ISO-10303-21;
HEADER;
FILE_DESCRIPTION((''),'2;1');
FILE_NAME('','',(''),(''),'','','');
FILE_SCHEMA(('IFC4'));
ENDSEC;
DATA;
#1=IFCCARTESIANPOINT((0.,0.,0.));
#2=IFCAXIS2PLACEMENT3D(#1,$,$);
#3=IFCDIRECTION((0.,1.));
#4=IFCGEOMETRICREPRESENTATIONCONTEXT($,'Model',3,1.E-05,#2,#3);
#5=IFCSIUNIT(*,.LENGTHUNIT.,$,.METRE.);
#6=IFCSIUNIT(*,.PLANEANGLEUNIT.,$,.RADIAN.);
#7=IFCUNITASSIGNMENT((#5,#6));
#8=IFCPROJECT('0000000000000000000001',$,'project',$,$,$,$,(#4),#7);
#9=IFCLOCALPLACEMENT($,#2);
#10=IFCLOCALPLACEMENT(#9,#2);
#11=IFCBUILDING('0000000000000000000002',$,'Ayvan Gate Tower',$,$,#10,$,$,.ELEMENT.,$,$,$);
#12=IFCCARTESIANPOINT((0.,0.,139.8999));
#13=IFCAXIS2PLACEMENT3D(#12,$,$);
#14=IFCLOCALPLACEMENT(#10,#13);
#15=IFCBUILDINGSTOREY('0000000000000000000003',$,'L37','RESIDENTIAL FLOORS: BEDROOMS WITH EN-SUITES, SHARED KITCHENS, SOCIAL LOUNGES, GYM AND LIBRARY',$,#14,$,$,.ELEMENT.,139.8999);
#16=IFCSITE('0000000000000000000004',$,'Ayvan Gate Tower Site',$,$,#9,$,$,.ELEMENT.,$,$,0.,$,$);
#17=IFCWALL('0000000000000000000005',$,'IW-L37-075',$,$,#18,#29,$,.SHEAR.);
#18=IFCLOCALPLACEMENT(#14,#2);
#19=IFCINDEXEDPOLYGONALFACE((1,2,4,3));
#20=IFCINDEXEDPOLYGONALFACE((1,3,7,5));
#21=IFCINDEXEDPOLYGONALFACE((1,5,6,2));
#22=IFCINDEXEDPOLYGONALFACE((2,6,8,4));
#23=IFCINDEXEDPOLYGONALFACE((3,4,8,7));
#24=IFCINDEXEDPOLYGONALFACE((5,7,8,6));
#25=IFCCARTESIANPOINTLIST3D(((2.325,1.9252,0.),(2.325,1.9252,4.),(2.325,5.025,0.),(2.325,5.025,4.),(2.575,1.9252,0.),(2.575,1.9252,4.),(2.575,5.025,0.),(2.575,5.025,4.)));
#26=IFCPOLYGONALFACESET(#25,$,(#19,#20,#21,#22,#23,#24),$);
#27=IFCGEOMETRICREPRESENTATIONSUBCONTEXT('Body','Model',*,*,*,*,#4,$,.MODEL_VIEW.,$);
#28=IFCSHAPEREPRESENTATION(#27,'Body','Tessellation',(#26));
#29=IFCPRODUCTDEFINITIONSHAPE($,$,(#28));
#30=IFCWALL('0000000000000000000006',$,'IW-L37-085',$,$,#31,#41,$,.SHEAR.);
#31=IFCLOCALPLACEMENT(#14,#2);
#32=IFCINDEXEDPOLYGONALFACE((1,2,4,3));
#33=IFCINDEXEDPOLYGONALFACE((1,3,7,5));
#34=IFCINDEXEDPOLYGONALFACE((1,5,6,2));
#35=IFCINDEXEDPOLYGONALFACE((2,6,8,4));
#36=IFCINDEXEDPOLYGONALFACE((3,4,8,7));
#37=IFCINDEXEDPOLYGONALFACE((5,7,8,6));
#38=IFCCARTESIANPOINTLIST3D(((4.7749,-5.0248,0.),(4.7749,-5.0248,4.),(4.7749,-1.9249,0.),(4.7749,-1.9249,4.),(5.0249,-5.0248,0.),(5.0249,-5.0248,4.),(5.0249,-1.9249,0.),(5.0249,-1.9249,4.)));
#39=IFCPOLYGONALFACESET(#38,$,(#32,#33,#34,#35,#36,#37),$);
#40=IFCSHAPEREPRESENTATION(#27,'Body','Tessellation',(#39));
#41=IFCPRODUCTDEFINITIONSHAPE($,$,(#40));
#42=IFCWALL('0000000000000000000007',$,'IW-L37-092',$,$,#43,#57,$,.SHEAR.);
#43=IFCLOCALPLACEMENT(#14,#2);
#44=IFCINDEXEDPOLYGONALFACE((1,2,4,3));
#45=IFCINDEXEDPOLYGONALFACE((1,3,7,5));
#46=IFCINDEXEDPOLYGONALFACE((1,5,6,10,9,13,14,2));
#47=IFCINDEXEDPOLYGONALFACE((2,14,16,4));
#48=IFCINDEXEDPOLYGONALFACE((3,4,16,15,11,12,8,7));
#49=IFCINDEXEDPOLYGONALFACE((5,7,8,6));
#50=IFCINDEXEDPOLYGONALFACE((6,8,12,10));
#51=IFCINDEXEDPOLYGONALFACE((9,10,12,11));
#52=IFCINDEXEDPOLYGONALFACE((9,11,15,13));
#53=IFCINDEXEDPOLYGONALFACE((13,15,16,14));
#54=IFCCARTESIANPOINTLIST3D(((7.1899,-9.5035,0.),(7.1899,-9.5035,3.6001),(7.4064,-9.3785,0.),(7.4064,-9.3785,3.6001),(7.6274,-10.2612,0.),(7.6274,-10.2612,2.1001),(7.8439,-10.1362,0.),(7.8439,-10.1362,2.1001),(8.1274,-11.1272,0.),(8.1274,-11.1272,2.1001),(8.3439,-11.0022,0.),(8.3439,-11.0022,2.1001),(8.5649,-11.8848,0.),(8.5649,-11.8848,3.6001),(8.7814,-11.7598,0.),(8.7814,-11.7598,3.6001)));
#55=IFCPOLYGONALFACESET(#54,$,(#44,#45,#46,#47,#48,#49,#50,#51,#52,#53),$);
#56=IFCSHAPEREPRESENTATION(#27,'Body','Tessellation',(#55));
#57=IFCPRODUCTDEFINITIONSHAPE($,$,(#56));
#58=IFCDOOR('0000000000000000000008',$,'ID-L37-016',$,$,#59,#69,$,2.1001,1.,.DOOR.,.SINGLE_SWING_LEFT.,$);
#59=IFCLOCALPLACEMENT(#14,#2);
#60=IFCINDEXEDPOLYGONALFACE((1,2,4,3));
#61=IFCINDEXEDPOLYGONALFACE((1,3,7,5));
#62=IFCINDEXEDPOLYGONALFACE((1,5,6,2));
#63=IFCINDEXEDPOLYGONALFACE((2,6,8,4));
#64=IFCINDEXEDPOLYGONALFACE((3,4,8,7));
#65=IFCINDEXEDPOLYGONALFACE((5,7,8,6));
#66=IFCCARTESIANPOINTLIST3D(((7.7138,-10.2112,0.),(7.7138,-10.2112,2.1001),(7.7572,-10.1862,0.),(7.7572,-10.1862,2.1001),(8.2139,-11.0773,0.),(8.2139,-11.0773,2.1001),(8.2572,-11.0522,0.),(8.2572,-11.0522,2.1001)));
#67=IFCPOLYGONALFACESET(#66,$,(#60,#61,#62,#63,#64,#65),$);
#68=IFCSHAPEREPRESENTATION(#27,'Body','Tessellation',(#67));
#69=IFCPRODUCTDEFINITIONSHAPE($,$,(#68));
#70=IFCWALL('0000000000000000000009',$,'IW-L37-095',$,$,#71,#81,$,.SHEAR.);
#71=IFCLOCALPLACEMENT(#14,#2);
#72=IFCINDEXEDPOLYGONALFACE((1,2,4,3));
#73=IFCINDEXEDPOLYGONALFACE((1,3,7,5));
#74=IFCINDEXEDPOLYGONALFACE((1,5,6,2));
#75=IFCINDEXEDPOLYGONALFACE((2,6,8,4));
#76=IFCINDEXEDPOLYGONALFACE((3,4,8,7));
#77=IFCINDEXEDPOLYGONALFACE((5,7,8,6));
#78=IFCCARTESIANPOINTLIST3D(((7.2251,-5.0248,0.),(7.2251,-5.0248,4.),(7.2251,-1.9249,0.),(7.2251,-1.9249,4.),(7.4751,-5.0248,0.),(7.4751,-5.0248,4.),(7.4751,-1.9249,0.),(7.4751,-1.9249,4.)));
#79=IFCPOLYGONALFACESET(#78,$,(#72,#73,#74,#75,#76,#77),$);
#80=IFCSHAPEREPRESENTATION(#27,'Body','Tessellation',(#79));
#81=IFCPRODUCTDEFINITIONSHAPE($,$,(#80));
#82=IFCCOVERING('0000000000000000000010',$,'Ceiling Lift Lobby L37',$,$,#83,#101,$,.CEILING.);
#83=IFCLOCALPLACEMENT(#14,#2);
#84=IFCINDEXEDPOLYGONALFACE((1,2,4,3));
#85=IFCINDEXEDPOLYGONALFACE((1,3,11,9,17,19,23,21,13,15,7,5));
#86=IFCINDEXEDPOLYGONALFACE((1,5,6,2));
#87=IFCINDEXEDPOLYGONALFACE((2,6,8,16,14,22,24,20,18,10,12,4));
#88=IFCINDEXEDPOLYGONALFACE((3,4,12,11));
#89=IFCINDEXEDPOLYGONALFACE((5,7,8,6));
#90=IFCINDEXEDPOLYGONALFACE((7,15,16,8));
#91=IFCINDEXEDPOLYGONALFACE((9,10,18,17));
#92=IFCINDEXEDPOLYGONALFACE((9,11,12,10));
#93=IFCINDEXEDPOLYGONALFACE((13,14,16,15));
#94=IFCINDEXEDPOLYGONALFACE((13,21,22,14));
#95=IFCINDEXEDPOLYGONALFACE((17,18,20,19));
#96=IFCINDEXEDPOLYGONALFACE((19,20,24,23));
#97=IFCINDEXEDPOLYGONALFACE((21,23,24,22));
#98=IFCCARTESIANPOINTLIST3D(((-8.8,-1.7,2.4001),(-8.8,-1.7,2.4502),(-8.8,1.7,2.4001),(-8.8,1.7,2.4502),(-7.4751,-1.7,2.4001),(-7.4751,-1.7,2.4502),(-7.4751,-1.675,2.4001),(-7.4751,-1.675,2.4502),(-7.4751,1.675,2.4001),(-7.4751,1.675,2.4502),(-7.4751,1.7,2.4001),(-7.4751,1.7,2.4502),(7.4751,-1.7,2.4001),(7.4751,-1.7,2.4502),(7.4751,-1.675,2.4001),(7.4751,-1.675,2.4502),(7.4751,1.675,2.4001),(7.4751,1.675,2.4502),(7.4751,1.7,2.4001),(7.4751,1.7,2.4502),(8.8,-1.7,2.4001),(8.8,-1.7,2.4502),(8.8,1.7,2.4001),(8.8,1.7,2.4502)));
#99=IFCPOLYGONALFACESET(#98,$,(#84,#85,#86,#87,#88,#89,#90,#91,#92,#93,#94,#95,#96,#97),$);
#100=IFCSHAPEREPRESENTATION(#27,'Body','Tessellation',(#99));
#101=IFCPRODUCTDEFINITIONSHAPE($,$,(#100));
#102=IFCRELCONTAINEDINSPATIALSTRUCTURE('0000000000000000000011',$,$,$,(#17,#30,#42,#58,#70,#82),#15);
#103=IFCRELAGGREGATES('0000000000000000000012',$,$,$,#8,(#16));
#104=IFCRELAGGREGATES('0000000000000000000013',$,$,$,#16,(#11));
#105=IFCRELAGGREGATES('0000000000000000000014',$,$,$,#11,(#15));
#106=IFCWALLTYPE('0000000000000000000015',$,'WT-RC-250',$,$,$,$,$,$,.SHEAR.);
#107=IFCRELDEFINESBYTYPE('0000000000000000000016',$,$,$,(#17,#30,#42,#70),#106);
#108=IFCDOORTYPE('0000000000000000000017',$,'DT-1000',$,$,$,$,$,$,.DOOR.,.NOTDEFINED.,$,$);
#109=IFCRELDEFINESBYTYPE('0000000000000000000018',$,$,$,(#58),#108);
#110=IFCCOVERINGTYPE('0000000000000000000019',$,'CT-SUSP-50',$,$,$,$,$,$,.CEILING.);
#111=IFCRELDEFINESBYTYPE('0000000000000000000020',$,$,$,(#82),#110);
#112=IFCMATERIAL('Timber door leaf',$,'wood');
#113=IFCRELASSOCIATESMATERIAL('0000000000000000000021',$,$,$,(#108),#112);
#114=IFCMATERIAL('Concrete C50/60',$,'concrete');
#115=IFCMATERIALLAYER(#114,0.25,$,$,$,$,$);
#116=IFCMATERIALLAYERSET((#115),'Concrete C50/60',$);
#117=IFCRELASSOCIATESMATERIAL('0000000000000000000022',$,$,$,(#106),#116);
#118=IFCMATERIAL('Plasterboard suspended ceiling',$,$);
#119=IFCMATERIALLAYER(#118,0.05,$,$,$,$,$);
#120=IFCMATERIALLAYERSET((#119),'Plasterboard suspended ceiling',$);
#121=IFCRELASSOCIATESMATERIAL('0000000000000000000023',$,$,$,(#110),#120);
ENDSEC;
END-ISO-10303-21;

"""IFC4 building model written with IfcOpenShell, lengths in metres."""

from ifc_helpers import new_model, si_unit, direction, frame, frame_2d, origin, place, context, subcontext, project, spatial, polyline, rectangle, outline, extrude, material, layer, layer_set, type_object, element, fill, save


model = new_model("IFC4")

# Units and contexts
model_context = context("Model", 3, precision=1e-05, world=origin(), true_north=direction((0.0, 1.0)))
body_context = subcontext(model_context, "Body", "Model", "MODEL_VIEW")
ifc_project = project(units=[si_unit("LENGTHUNIT", "METRE"), si_unit("PLANEANGLEUNIT", "RADIAN")], contexts=[model_context])

# Site, building, storey
site_placement = place(None, origin())
site = spatial("IfcSite", under=ifc_project, at=site_placement, Name="Ayvan Gate Tower Site", CompositionType="ELEMENT", RefElevation=0.0)
building_placement = place(site_placement, origin())
building = spatial("IfcBuilding", under=site, at=building_placement, Name="Ayvan Gate Tower", CompositionType="ELEMENT")
storey_placement = place(building_placement, frame((0.0, 0.0, 139.8999)))
storey = spatial("IfcBuildingStorey", under=building, at=storey_placement, Name="L37", Description="RESIDENTIAL FLOORS: BEDROOMS WITH EN-SUITES, SHARED KITCHENS, SOCIAL LOUNGES, GYM AND LIBRARY", CompositionType="ELEMENT", Elevation=139.8999)

# Shared definitions
ifc_material_1 = material(Name="Timber door leaf", Category="wood")

# Shared definitions
door_type_1 = type_object("IfcDoorType", Name="DT-1000", OperationType="NOTDEFINED", PredefinedType="DOOR", material=ifc_material_1)

# Walls
ifc_material_2 = material(Name="Concrete C50/60", Category="concrete")
ifc_layer_1 = layer(ifc_material_2, 0.25)
ifc_layer_set_1 = layer_set([ifc_layer_1], Name="Concrete C50/60")
wall_type_1 = type_object("IfcWallType", Name="WT-RC-250", PredefinedType="SHEAR", material=ifc_layer_set_1)
for number, where, z_axis, x_axis, name in (
    (1, (2.45, 5.0249, 0.0), (0.0, 0.0, 1.0), (0.0, -1.0, 0.0), "IW-L37-075"),
    (2, (4.8999, -1.925, 0.0), (0.0, 0.0, 1.0), (0.0, -1.0, 0.0), "IW-L37-085"),
):
    element("IfcWall", number, at=place(storey_placement, frame(where, z_axis=z_axis, x_axis=x_axis)), inside=storey, type_object=wall_type_1, Name=name, PredefinedType="SHEAR", context=body_context, shape_type="SweptSolid", body=[
        extrude(rectangle(XDim=3.0999, YDim=0.25, at=frame_2d((1.5498, 0.0))), origin(), (0.0, 0.0, 1.0), 4.0),
    ])

# Wall, opening, door
wall_1_placement = place(storey_placement, frame((7.2981, -9.4409, 0.0), z_axis=(0.0, 0.0, 1.0), x_axis=(0.500035, -0.866005, 0.0)))
wall_1 = element("IfcWall", 3, at=wall_1_placement, inside=storey, type_object=wall_type_1, Name="IW-L37-092", PredefinedType="SHEAR", context=body_context, shape_type="SweptSolid", body=[
    extrude(rectangle(XDim=2.7498, YDim=0.25, at=frame_2d((1.375, 0.0))), origin(), (0.0, 0.0, 1.0), 3.6001),
])
opening_1_placement = place(wall_1_placement, frame((0.875, 0.0, 0.0)))
opening_1 = element("IfcOpeningElement", 4, at=opening_1_placement, cuts=wall_1, PredefinedType="OPENING", context=body_context, shape_type="SweptSolid", body=[
    extrude(rectangle(XDim=1.0, YDim=2.1001, at=frame_2d((0.5, 1.05))), frame((0.0, 0.135, 0.0), z_axis=(0.0, -1.0, 0.0), x_axis=(1.0, 0.0, 0.0)), (0.0, 0.0, 1.0), 0.27),
])
door_1_placement = place(opening_1_placement, origin())
door_1 = element("IfcDoor", 5, at=door_1_placement, inside=storey, type_object=door_type_1, Name="ID-L37-016", OperationType="SINGLE_SWING_LEFT", OverallHeight=2.1001, OverallWidth=1.0, PredefinedType="DOOR", context=body_context, shape_type="SweptSolid", body=[
    extrude(rectangle(XDim=1.0, YDim=2.1001, at=frame_2d((0.5, 1.05))), frame((0.0, 0.0249, 0.0), z_axis=(0.0, -1.0, 0.0), x_axis=(1.0, 0.0, 0.0)), (0.0, 0.0, 1.0), 0.05),
])
fill(opening_1, door_1)

# Wall
wall_2_placement = place(storey_placement, frame((7.3501, -1.925, 0.0), z_axis=(0.0, 0.0, 1.0), x_axis=(0.0, -1.0, 0.0)))
element("IfcWall", 6, at=wall_2_placement, inside=storey, type_object=wall_type_1, Name="IW-L37-095", PredefinedType="SHEAR", context=body_context, shape_type="SweptSolid", body=[
    extrude(rectangle(XDim=3.0999, YDim=0.25, at=frame_2d((1.5498, 0.0))), origin(), (0.0, 0.0, 1.0), 4.0),
])

# Covering
ifc_material_3 = material(Name="Plasterboard suspended ceiling")
ifc_layer_2 = layer(ifc_material_3, 0.05)
ifc_layer_set_2 = layer_set([ifc_layer_2], Name="Plasterboard suspended ceiling")
covering_type = type_object("IfcCoveringType", Name="CT-SUSP-50", PredefinedType="CEILING", material=ifc_layer_set_2)
covering_1_placement = place(storey_placement, frame((0.0, 0.0, 2.4001)))
element("IfcCovering", 7, at=covering_1_placement, inside=storey, type_object=covering_type, Name="Ceiling Lift Lobby L37", PredefinedType="CEILING", context=body_context, shape_type="SweptSolid", body=[
    extrude(outline(polyline([(7.4751, -1.675), (-7.4751, -1.675), (-7.4751, -1.7), (-8.8, -1.7), (-8.8, 1.7), (-7.4751, 1.7), (-7.4751, 1.675), (7.4751, 1.675), (7.4751, 1.7), (8.8, 1.7), (8.8, -1.7), (7.4751, -1.7), (7.4751, -1.675)])), origin(), (0.0, 0.0, 1.0), 0.05),
])

save(model, "model.ifc")
